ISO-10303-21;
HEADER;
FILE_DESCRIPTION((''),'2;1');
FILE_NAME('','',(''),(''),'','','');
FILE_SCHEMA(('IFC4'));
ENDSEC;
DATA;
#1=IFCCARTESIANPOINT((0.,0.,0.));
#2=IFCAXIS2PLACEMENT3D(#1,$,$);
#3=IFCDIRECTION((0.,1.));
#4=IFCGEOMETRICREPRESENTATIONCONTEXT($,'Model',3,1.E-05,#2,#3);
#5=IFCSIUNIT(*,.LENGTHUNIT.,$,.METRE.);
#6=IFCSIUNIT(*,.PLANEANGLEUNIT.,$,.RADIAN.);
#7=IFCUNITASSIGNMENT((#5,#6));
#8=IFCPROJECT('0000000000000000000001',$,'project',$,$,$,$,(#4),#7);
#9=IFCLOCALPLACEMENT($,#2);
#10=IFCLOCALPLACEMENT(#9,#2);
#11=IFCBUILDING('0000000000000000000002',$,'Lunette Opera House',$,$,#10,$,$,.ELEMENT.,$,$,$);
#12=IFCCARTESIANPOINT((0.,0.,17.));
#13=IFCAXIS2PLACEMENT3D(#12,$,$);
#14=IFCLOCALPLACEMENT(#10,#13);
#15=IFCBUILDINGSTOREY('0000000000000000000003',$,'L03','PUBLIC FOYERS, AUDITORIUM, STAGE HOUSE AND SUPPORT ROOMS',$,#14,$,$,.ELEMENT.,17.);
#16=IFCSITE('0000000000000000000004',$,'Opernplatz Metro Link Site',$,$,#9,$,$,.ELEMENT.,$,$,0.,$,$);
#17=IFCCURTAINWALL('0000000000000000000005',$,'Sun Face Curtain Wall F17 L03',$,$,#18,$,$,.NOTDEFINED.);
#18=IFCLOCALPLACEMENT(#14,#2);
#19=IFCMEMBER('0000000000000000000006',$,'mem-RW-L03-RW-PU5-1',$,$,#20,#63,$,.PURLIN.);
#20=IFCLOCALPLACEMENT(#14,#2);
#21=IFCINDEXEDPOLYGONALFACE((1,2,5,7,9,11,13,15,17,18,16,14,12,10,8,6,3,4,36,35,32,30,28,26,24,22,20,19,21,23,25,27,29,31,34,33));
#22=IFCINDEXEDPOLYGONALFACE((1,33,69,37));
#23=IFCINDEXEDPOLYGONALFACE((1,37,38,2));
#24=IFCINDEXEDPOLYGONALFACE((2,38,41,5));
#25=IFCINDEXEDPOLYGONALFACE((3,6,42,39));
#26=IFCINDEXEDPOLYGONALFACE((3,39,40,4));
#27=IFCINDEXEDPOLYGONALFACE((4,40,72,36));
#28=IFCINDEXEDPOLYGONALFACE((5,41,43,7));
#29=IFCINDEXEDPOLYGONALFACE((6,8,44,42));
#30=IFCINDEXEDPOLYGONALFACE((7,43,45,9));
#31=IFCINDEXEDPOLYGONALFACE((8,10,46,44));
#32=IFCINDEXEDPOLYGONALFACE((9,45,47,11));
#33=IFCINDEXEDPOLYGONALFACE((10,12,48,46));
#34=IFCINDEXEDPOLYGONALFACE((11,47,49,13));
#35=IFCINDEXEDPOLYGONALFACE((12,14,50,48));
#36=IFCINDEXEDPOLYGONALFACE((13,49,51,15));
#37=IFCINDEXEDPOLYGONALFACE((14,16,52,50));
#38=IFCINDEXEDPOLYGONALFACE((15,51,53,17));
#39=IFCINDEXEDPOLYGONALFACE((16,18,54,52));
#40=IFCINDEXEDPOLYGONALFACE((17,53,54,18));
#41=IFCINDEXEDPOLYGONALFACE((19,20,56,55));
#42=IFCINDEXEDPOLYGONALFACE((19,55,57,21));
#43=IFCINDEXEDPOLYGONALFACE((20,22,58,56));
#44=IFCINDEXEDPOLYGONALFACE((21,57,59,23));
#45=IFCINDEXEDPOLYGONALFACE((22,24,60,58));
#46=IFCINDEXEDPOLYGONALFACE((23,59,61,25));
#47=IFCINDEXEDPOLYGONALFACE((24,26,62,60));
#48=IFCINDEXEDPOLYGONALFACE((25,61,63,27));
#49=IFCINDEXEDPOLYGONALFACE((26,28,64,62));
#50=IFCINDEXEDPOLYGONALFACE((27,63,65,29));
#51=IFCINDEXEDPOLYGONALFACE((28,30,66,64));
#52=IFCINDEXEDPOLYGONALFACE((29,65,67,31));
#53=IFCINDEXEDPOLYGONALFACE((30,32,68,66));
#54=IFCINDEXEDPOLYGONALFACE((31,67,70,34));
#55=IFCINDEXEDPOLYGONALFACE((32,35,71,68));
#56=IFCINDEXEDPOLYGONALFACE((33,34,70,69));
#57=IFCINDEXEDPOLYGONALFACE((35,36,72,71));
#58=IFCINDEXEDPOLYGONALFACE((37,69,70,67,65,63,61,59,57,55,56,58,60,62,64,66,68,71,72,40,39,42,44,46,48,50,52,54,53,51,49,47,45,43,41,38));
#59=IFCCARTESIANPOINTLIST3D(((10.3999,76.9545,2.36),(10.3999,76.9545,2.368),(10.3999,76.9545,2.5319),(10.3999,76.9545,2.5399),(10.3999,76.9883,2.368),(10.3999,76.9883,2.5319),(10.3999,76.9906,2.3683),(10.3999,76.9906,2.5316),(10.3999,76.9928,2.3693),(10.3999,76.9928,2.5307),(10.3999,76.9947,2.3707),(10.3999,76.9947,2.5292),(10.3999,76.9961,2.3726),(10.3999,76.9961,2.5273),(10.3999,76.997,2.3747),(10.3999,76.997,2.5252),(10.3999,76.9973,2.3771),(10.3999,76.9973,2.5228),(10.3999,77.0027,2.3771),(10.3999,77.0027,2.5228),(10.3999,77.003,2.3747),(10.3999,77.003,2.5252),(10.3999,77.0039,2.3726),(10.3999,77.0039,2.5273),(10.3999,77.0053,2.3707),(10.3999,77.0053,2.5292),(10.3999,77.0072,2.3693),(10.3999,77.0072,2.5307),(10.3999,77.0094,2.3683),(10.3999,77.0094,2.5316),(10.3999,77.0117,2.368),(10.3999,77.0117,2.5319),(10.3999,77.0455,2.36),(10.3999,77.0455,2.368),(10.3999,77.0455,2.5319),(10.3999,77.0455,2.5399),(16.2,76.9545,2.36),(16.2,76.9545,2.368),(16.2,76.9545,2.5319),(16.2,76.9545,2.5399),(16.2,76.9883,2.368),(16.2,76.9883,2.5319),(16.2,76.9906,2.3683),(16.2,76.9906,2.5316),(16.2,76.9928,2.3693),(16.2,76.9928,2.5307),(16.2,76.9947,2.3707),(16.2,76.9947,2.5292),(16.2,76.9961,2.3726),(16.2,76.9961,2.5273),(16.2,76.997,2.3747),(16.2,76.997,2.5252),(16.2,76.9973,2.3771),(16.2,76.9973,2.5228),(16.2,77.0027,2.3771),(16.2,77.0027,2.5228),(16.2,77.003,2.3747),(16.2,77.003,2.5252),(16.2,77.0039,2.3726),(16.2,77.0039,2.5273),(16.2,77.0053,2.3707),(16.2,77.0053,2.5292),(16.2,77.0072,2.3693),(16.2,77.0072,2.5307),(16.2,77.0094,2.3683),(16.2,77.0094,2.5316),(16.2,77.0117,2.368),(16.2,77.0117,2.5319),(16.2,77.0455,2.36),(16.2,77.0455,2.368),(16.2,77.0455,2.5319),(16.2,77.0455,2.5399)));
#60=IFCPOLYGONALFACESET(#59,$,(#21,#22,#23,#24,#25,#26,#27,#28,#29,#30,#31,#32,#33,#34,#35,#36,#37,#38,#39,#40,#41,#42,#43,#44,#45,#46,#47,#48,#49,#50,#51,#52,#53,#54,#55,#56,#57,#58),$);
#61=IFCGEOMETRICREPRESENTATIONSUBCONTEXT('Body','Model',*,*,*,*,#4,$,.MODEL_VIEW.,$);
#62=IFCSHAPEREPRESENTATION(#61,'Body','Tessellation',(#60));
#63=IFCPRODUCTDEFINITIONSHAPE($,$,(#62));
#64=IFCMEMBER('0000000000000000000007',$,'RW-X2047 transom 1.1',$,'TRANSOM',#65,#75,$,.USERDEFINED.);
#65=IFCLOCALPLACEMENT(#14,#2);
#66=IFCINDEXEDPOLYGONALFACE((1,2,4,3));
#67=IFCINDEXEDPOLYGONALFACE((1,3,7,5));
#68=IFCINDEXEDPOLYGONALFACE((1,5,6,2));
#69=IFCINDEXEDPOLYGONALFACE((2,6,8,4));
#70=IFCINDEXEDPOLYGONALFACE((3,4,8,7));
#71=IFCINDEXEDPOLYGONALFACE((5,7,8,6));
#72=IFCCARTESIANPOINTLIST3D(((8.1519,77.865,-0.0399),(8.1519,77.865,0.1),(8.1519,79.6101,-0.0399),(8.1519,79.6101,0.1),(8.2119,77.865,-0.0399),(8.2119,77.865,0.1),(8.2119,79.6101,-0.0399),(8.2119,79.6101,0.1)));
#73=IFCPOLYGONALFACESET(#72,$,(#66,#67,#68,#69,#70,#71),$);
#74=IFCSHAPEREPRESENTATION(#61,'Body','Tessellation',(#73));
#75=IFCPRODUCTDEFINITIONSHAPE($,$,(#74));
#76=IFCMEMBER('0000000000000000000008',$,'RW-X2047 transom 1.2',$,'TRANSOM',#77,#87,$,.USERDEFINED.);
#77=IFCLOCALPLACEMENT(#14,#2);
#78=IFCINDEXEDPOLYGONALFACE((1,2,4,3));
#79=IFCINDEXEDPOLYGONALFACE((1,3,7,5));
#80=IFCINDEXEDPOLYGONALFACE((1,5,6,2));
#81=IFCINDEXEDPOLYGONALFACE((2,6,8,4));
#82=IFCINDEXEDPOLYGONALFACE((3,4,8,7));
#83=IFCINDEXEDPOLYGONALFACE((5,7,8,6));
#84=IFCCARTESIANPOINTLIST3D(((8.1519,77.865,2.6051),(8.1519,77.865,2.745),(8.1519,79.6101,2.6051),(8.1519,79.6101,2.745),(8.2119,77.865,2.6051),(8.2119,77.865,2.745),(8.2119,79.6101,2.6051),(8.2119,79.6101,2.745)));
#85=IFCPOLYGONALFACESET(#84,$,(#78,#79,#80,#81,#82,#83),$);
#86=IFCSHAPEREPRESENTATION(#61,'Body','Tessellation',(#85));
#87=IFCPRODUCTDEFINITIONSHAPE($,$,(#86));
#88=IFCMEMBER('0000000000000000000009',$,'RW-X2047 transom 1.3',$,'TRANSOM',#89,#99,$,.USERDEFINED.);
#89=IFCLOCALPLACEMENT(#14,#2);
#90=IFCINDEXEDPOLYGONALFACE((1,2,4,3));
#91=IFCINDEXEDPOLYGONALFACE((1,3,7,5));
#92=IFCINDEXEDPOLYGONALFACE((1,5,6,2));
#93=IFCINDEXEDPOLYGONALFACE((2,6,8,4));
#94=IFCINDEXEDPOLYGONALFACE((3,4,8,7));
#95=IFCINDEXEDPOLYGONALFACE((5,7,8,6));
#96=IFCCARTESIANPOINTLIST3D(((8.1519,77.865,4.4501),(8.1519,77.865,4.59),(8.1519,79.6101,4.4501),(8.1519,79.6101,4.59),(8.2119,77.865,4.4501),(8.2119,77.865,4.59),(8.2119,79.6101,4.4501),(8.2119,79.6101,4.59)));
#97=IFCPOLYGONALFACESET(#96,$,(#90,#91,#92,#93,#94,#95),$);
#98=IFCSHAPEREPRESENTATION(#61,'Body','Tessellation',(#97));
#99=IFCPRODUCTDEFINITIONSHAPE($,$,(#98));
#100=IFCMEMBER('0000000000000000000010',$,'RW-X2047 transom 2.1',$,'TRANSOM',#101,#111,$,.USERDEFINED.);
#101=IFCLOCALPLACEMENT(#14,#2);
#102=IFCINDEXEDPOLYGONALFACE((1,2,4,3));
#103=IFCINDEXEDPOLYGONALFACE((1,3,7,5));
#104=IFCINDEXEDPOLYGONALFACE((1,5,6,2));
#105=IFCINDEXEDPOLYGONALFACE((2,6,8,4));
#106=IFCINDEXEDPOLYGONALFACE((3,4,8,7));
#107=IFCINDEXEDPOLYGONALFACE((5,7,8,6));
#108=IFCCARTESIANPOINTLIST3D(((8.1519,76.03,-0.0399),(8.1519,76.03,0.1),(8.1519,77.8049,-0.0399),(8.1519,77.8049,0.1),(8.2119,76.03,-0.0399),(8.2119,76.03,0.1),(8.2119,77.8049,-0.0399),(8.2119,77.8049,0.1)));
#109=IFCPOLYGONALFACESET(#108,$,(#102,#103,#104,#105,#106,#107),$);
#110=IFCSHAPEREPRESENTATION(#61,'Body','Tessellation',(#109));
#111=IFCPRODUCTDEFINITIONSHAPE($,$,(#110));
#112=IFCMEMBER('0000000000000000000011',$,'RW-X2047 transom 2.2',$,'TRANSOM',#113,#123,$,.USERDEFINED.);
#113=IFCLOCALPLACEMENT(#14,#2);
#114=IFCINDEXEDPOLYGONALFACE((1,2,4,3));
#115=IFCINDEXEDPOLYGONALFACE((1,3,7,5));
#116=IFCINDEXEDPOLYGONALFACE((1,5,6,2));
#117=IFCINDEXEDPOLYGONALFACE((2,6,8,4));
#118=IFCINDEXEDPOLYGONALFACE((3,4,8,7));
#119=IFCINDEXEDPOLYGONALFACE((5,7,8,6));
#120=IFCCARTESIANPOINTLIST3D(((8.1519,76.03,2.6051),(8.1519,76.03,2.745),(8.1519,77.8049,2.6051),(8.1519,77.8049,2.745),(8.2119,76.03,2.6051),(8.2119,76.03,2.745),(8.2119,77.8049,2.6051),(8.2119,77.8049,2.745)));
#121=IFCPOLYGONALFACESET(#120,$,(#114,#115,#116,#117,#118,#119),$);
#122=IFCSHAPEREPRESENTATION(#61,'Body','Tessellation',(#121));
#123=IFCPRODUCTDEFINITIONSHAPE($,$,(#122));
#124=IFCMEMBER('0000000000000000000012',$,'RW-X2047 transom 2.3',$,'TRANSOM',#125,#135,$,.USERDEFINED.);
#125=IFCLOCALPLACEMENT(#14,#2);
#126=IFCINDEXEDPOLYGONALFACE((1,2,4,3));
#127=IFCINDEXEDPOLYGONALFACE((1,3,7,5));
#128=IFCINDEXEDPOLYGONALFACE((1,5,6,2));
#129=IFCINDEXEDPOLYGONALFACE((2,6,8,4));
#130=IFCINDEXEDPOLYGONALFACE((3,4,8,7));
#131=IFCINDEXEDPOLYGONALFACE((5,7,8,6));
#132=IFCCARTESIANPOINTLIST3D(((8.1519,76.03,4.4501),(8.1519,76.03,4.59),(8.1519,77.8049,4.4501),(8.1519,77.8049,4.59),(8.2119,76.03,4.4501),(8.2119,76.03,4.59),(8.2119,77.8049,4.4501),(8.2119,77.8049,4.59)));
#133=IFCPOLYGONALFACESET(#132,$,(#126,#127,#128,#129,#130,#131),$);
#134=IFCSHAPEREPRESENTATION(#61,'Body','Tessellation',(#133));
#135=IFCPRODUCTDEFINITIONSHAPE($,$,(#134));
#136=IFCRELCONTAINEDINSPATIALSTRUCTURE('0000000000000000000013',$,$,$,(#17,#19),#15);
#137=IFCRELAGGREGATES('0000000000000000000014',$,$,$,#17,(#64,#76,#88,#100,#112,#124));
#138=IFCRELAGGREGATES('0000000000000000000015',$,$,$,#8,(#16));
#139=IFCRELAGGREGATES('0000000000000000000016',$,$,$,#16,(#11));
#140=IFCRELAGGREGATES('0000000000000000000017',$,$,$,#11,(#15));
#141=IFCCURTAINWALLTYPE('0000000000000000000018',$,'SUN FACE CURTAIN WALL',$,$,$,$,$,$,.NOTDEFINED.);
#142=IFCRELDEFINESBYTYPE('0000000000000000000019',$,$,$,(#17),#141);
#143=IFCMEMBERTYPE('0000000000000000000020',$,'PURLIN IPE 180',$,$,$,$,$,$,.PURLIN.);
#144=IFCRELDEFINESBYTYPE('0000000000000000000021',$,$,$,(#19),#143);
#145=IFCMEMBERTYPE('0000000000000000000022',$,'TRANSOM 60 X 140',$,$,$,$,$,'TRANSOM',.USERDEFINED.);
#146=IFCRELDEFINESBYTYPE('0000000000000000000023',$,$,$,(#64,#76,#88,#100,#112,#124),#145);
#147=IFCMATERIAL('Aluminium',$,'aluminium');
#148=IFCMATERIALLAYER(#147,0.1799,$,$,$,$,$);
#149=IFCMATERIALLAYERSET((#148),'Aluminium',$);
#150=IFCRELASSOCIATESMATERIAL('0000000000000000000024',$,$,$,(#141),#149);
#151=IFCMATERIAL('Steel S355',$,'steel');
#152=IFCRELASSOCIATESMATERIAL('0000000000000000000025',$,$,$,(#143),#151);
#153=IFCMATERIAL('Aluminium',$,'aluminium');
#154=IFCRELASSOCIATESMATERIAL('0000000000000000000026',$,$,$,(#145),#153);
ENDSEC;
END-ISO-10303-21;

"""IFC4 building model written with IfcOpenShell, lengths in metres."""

from ifc_helpers import new_model, si_unit, direction, frame, origin, origin_2d, place, context, subcontext, project, spatial, rectangle, i_section, extrude, material, layer, layer_set, material_profile, profile_set, type_object, element, aggregate, save


model = new_model("IFC4")

# Units and contexts
model_context = context("Model", 3, precision=1e-05, world=origin(), true_north=direction((0.0, 1.0)))
body_context = subcontext(model_context, "Body", "Model", "MODEL_VIEW")
ifc_project = project(units=[si_unit("LENGTHUNIT", "METRE"), si_unit("PLANEANGLEUNIT", "RADIAN")], contexts=[model_context])

# Site, building, storey
site_placement = place(None, origin())
site = spatial("IfcSite", under=ifc_project, at=site_placement, Name="Opernplatz Metro Link Site", CompositionType="ELEMENT", RefElevation=0.0)
building_placement = place(site_placement, origin())
building = spatial("IfcBuilding", under=site, at=building_placement, Name="Lunette Opera House", CompositionType="ELEMENT")
storey_placement = place(building_placement, frame((0.0, 0.0, 17.0)))
storey = spatial("IfcBuildingStorey", under=building, at=storey_placement, Name="L03", Description="PUBLIC FOYERS, AUDITORIUM, STAGE HOUSE AND SUPPORT ROOMS", CompositionType="ELEMENT", Elevation=17.0)

# Curtain wall
ifc_material_1 = material(Name="Aluminium", Category="aluminium")
ifc_layer_1 = layer(ifc_material_1, 0.1799)
ifc_layer_set_1 = layer_set([ifc_layer_1], Name="Aluminium")
curtain_wall_type = type_object("IfcCurtainWallType", Name="SUN FACE CURTAIN WALL", PredefinedType="NOTDEFINED", material=ifc_layer_set_1)
curtain_wall_placement = place(storey_placement, origin())
curtain_wall = element("IfcCurtainWall", 1, at=curtain_wall_placement, inside=storey, type_object=curtain_wall_type, Name="Sun Face Curtain Wall F17 L03", PredefinedType="NOTDEFINED")

# Members
ifc_material_2 = material(Name="Steel S355", Category="steel")
ifc_material_profile_1 = material_profile(ifc_material_2, i_section(OverallWidth=0.0911, OverallDepth=0.1799, WebThickness=0.0054, FlangeThickness=0.0081, FilletRadius=0.009, at=origin_2d()), Name="IPE 180")
ifc_profile_set_1 = profile_set([ifc_material_profile_1], Name="Steel S355")
member_type_1 = type_object("IfcMemberType", Name="PURLIN IPE 180", PredefinedType="PURLIN", material=ifc_profile_set_1)
member_1_placement = place(storey_placement, frame((10.3999, 77.0, 2.45), z_axis=(1.0, 0.0, 0.0), x_axis=(0.0, 1.0, 0.0)))
element("IfcMember", 2, at=member_1_placement, inside=storey, type_object=member_type_1, Name="mem-RW-L03-RW-PU5-1", PredefinedType="PURLIN", context=body_context, shape_type="SweptSolid", body=[
    extrude(i_section(OverallWidth=0.0911, OverallDepth=0.1799, WebThickness=0.0054, FlangeThickness=0.0081, FilletRadius=0.009, at=origin_2d()), origin(), (0.0, 0.0, 1.0), 5.8),
])
ifc_material_3 = material(Name="Aluminium", Category="aluminium")
ifc_material_profile_2 = material_profile(ifc_material_3, rectangle(XDim=0.0601, YDim=0.1399, at=origin_2d()), Name="TRANSOM 60 X 140")
ifc_profile_set_2 = profile_set([ifc_material_profile_2], Name="Aluminium")
member_type_2 = type_object("IfcMemberType", Name="TRANSOM 60 X 140", ElementType="TRANSOM", PredefinedType="USERDEFINED", material=ifc_profile_set_2)
member_2_placement = place(storey_placement, frame((8.1819, 79.6101, 0.03), z_axis=(0.0, -1.0, 0.0), x_axis=(1.0, 0.0, 0.0)))
member_2 = element("IfcMember", 3, at=member_2_placement, type_object=member_type_2, Name="RW-X2047 transom 1.1", ObjectType="TRANSOM", PredefinedType="USERDEFINED", context=body_context, shape_type="SweptSolid", body=[
    extrude(rectangle(XDim=0.0601, YDim=0.1399, at=origin_2d()), origin(), (0.0, 0.0, 1.0), 1.7451),
])
member_3_placement = place(storey_placement, frame((8.1819, 79.6101, 2.675), z_axis=(0.0, -1.0, 0.0), x_axis=(1.0, 0.0, 0.0)))
member_3 = element("IfcMember", 4, at=member_3_placement, type_object=member_type_2, Name="RW-X2047 transom 1.2", ObjectType="TRANSOM", PredefinedType="USERDEFINED", context=body_context, shape_type="SweptSolid", body=[
    extrude(rectangle(XDim=0.0601, YDim=0.1399, at=origin_2d()), origin(), (0.0, 0.0, 1.0), 1.7451),
])
member_4_placement = place(storey_placement, frame((8.1819, 79.6101, 4.52), z_axis=(0.0, -1.0, 0.0), x_axis=(1.0, 0.0, 0.0)))
member_4 = element("IfcMember", 5, at=member_4_placement, type_object=member_type_2, Name="RW-X2047 transom 1.3", ObjectType="TRANSOM", PredefinedType="USERDEFINED", context=body_context, shape_type="SweptSolid", body=[
    extrude(rectangle(XDim=0.0601, YDim=0.1399, at=origin_2d()), origin(), (0.0, 0.0, 1.0), 1.7451),
])
member_5_placement = place(storey_placement, frame((8.1819, 77.8049, 0.03), z_axis=(0.0, -1.0, 0.0), x_axis=(1.0, 0.0, 0.0)))
member_5 = element("IfcMember", 6, at=member_5_placement, type_object=member_type_2, Name="RW-X2047 transom 2.1", ObjectType="TRANSOM", PredefinedType="USERDEFINED", context=body_context, shape_type="SweptSolid", body=[
    extrude(rectangle(XDim=0.0601, YDim=0.1399, at=origin_2d()), origin(), (0.0, 0.0, 1.0), 1.7749),
])
member_6_placement = place(storey_placement, frame((8.1819, 77.8049, 2.675), z_axis=(0.0, -1.0, 0.0), x_axis=(1.0, 0.0, 0.0)))
member_6 = element("IfcMember", 7, at=member_6_placement, type_object=member_type_2, Name="RW-X2047 transom 2.2", ObjectType="TRANSOM", PredefinedType="USERDEFINED", context=body_context, shape_type="SweptSolid", body=[
    extrude(rectangle(XDim=0.0601, YDim=0.1399, at=origin_2d()), origin(), (0.0, 0.0, 1.0), 1.7749),
])
member_7_placement = place(storey_placement, frame((8.1819, 77.8049, 4.52), z_axis=(0.0, -1.0, 0.0), x_axis=(1.0, 0.0, 0.0)))
member_7 = element("IfcMember", 8, at=member_7_placement, type_object=member_type_2, Name="RW-X2047 transom 2.3", ObjectType="TRANSOM", PredefinedType="USERDEFINED", context=body_context, shape_type="SweptSolid", body=[
    extrude(rectangle(XDim=0.0601, YDim=0.1399, at=origin_2d()), origin(), (0.0, 0.0, 1.0), 1.7749),
])

aggregate(curtain_wall, [member_2, member_3, member_4, member_5, member_6, member_7])

save(model, "model.ifc")
